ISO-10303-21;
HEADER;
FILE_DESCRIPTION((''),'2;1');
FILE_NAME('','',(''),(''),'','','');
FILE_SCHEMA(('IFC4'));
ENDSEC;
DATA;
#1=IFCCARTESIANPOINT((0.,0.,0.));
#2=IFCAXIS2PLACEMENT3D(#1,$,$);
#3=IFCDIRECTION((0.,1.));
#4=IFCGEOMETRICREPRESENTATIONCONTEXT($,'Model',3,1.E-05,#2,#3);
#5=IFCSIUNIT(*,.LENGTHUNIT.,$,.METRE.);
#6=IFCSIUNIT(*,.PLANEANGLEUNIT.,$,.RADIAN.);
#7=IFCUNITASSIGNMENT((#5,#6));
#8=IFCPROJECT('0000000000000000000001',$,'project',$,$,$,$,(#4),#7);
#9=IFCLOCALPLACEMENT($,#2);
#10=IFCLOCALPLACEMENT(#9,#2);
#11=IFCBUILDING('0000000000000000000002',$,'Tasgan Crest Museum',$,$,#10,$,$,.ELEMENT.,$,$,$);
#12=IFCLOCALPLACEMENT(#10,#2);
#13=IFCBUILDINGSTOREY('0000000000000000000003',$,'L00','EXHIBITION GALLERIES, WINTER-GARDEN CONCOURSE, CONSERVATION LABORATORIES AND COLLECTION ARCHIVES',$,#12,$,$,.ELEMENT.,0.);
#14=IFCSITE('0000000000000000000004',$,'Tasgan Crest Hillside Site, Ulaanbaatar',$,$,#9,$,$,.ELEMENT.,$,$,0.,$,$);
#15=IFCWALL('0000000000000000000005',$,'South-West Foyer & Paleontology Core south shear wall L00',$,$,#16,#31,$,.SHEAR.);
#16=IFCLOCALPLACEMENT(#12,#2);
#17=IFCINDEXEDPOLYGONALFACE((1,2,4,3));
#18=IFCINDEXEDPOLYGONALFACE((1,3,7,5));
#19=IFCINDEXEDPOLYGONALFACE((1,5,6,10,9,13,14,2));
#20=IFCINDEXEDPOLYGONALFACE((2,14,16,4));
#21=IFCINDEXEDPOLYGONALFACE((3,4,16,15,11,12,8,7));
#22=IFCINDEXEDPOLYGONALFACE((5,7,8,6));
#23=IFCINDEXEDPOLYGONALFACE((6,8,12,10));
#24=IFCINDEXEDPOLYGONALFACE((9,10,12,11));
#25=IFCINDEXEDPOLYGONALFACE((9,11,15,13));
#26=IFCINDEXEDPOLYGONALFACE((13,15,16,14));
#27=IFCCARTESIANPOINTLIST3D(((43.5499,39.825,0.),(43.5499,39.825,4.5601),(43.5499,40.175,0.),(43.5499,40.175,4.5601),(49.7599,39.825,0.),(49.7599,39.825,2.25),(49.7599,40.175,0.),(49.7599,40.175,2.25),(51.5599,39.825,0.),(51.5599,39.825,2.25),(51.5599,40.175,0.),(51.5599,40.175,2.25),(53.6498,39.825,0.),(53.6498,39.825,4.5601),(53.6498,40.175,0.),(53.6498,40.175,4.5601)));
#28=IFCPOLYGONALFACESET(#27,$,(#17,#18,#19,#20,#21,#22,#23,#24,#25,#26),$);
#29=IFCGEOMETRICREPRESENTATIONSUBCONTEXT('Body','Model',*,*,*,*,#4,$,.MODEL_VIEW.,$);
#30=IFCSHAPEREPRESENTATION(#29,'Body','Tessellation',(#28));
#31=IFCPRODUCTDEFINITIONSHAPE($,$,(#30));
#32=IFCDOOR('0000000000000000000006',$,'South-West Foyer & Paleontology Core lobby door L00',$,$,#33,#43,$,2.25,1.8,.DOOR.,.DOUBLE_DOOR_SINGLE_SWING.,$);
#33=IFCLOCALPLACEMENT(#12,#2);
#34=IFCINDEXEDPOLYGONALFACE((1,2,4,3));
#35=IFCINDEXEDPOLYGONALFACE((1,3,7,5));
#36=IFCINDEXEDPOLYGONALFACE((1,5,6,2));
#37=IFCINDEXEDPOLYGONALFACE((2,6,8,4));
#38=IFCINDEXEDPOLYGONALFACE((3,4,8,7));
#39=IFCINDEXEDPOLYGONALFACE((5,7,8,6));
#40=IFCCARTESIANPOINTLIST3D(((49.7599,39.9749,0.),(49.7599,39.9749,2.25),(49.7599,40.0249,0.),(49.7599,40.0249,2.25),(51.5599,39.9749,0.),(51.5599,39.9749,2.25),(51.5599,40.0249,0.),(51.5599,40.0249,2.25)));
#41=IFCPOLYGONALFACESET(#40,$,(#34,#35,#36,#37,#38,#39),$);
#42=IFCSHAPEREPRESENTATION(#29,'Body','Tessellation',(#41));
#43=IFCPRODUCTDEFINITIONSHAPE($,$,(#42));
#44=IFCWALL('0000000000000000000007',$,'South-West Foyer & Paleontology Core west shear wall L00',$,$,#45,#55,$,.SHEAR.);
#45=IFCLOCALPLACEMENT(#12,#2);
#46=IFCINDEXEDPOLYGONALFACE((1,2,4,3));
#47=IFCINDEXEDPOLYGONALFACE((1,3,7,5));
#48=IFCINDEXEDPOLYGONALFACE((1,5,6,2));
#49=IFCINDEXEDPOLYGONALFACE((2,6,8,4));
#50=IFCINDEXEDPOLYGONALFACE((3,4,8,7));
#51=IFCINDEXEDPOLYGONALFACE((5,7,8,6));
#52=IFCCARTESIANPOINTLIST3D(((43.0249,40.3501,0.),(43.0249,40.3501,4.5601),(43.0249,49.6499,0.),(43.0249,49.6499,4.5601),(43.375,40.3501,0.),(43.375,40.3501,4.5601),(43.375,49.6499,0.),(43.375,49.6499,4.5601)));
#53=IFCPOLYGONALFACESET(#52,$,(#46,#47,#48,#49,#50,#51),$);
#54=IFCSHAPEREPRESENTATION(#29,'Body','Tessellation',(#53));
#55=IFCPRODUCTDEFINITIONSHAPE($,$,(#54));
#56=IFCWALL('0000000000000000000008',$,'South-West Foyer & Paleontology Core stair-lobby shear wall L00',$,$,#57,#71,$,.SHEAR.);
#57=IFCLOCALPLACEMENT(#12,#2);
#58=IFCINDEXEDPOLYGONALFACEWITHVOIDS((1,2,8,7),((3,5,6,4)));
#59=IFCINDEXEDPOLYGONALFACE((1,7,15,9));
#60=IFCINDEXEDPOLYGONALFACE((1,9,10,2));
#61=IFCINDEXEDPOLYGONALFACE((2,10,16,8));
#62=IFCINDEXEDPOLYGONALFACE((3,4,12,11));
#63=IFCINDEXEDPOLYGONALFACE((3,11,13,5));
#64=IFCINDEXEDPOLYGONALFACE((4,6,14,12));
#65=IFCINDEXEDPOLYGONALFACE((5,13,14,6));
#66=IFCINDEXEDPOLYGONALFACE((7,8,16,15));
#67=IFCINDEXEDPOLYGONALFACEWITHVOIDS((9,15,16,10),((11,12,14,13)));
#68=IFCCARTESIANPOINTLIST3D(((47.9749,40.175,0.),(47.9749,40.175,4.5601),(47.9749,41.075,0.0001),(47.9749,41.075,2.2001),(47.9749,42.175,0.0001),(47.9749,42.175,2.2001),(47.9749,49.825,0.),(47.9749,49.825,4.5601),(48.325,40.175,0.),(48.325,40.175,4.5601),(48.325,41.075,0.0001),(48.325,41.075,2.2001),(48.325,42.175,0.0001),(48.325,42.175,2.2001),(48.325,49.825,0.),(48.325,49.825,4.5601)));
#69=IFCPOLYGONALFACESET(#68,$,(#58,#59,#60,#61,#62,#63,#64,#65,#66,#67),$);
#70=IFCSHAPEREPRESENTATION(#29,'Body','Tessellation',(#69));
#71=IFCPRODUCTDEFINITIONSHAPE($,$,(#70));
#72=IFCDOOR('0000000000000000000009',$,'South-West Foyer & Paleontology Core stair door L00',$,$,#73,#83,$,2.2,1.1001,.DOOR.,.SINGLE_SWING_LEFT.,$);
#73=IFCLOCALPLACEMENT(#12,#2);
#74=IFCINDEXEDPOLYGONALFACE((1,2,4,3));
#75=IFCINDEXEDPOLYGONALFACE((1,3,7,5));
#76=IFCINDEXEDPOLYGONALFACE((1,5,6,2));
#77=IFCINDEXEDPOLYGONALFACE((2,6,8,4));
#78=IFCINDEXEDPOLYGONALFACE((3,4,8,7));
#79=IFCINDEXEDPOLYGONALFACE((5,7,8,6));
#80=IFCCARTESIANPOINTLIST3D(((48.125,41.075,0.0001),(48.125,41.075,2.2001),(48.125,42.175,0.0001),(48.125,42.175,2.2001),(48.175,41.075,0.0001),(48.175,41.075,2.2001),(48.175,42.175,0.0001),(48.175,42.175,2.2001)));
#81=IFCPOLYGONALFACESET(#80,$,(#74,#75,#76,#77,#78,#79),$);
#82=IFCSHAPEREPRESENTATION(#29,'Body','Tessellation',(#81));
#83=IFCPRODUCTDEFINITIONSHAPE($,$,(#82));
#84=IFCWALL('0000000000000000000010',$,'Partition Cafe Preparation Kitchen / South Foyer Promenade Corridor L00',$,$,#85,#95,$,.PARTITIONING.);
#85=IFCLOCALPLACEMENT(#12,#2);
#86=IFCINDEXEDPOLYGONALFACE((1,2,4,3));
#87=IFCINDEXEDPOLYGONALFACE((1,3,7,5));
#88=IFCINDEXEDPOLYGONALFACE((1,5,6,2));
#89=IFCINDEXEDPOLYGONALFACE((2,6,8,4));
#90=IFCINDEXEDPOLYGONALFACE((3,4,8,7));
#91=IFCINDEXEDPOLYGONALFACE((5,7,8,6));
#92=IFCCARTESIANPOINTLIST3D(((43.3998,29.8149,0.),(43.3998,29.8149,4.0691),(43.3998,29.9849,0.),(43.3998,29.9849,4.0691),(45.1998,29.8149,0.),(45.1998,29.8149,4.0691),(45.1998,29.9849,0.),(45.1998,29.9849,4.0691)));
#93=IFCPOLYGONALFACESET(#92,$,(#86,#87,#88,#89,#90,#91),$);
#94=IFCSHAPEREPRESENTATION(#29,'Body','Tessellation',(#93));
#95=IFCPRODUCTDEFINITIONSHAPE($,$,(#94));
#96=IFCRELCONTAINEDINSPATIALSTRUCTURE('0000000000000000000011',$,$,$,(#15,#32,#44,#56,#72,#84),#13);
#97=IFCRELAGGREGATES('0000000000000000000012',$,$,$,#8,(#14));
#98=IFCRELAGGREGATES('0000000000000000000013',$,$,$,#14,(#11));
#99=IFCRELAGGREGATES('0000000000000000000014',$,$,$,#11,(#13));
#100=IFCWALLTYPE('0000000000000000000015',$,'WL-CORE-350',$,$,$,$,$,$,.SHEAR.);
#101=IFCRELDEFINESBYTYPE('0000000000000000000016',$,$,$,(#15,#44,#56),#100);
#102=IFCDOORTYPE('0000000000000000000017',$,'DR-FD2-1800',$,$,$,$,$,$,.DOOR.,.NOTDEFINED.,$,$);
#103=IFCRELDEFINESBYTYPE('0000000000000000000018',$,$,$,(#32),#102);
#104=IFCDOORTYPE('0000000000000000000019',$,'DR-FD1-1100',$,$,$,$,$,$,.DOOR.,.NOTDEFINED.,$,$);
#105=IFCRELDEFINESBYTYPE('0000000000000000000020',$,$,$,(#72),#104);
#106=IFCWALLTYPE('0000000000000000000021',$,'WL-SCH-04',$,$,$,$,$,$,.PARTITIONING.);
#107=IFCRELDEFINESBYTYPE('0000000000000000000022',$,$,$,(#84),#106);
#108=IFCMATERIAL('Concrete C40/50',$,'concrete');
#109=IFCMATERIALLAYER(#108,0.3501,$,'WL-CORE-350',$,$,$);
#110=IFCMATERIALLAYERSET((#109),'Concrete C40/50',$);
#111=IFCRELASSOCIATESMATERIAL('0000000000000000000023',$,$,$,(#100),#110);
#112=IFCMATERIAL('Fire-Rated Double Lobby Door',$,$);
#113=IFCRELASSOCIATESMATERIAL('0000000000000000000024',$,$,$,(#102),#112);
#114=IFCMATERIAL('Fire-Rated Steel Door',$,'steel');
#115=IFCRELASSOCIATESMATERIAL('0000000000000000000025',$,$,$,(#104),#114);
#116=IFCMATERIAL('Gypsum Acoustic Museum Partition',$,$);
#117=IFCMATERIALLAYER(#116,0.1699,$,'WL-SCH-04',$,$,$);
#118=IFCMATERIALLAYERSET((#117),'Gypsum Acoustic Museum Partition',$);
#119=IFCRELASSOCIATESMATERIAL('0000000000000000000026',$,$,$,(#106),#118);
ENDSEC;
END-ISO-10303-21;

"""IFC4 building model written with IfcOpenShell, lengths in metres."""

from ifc_helpers import new_model, si_unit, direction, frame, frame_2d, origin, place, context, subcontext, project, spatial, rectangle, extrude, material, layer, layer_set, type_object, element, fill, save


model = new_model("IFC4")

# Units and contexts
model_context = context("Model", 3, precision=1e-05, world=origin(), true_north=direction((0.0, 1.0)))
body_context = subcontext(model_context, "Body", "Model", "MODEL_VIEW")
ifc_project = project(units=[si_unit("LENGTHUNIT", "METRE"), si_unit("PLANEANGLEUNIT", "RADIAN")], contexts=[model_context])

# Site, building, storey
site_placement = place(None, origin())
site = spatial("IfcSite", under=ifc_project, at=site_placement, Name="Tasgan Crest Hillside Site, Ulaanbaatar", CompositionType="ELEMENT", RefElevation=0.0)
building_placement = place(site_placement, origin())
building = spatial("IfcBuilding", under=site, at=building_placement, Name="Tasgan Crest Museum", CompositionType="ELEMENT")
storey_placement = place(building_placement, origin())
storey = spatial("IfcBuildingStorey", under=building, at=storey_placement, Name="L00", Description="EXHIBITION GALLERIES, WINTER-GARDEN CONCOURSE, CONSERVATION LABORATORIES AND COLLECTION ARCHIVES", CompositionType="ELEMENT", Elevation=0.0)

# Wall, opening, door
ifc_material_1 = material(Name="Concrete C40/50", Category="concrete")
ifc_layer_1 = layer(ifc_material_1, 0.3501, Name="WL-CORE-350")
ifc_layer_set_1 = layer_set([ifc_layer_1], Name="Concrete C40/50")
wall_type_1 = type_object("IfcWallType", Name="WL-CORE-350", PredefinedType="SHEAR", material=ifc_layer_set_1)
wall_1_placement = place(storey_placement, frame((43.55, 40.0, 0.0), z_axis=(0.0, 0.0, 1.0), x_axis=(1.0, 0.0, 0.0)))
wall_1 = element("IfcWall", 1, at=wall_1_placement, inside=storey, type_object=wall_type_1, Name="South-West Foyer & Paleontology Core south shear wall L00", PredefinedType="SHEAR", context=body_context, shape_type="SweptSolid", body=[
    extrude(rectangle(XDim=10.0999, YDim=0.3501, at=frame_2d((5.0498, 0.0))), origin(), (0.0, 0.0, 1.0), 4.5601),
])
opening_1_placement = place(wall_1_placement, frame((6.21, 0.0, 0.0)))
opening_1 = element("IfcOpeningElement", 2, at=opening_1_placement, cuts=wall_1, PredefinedType="OPENING", context=body_context, shape_type="SweptSolid", body=[
    extrude(rectangle(XDim=1.8, YDim=2.25, at=frame_2d((0.8999, 1.125))), frame((0.0, 0.1851, 0.0), z_axis=(0.0, -1.0, 0.0), x_axis=(1.0, 0.0, 0.0)), (0.0, 0.0, 1.0), 0.3701),
])
ifc_material_2 = material(Name="Fire-Rated Double Lobby Door")
door_type_1 = type_object("IfcDoorType", Name="DR-FD2-1800", OperationType="NOTDEFINED", PredefinedType="DOOR", material=ifc_material_2)
door_1_placement = place(opening_1_placement, origin())
door_1 = element("IfcDoor", 3, at=door_1_placement, inside=storey, type_object=door_type_1, Name="South-West Foyer & Paleontology Core lobby door L00", OperationType="DOUBLE_DOOR_SINGLE_SWING", OverallHeight=2.25, OverallWidth=1.8, PredefinedType="DOOR", context=body_context, shape_type="SweptSolid", body=[
    extrude(rectangle(XDim=1.8, YDim=2.25, at=frame_2d((0.8999, 1.125))), frame((0.0, 0.0249, 0.0), z_axis=(0.0, -1.0, 0.0), x_axis=(1.0, 0.0, 0.0)), (0.0, 0.0, 1.0), 0.05),
])
fill(opening_1, door_1)

# Wall
wall_2_placement = place(storey_placement, frame((43.2, 40.3501, 0.0), z_axis=(0.0, 0.0, 1.0), x_axis=(0.0, 1.0, 0.0)))
element("IfcWall", 4, at=wall_2_placement, inside=storey, type_object=wall_type_1, Name="South-West Foyer & Paleontology Core west shear wall L00", PredefinedType="SHEAR", context=body_context, shape_type="SweptSolid", body=[
    extrude(rectangle(XDim=9.2998, YDim=0.3501, at=frame_2d((4.6499, 0.0))), origin(), (0.0, 0.0, 1.0), 4.5601),
])

# Wall, opening, door
wall_3_placement = place(storey_placement, frame((48.1499, 40.175, 0.0), z_axis=(0.0, 0.0, 1.0), x_axis=(0.0, 1.0, 0.0)))
wall_3 = element("IfcWall", 5, at=wall_3_placement, inside=storey, type_object=wall_type_1, Name="South-West Foyer & Paleontology Core stair-lobby shear wall L00", PredefinedType="SHEAR", context=body_context, shape_type="SweptSolid", body=[
    extrude(rectangle(XDim=9.6499, YDim=0.3501, at=frame_2d((4.825, 0.0))), origin(), (0.0, 0.0, 1.0), 4.5601),
])
opening_2_placement = place(wall_3_placement, frame((0.8999, 0.0, 0.0)))
opening_2 = element("IfcOpeningElement", 6, at=opening_2_placement, cuts=wall_3, PredefinedType="OPENING", context=body_context, shape_type="SweptSolid", body=[
    extrude(rectangle(XDim=1.1001, YDim=2.2, at=frame_2d((0.55, 1.1001))), frame((0.0, 0.1851, 0.0), z_axis=(0.0, -1.0, 0.0), x_axis=(1.0, 0.0, 0.0)), (0.0, 0.0, 1.0), 0.3701),
])
ifc_material_3 = material(Name="Fire-Rated Steel Door", Category="steel")
door_type_2 = type_object("IfcDoorType", Name="DR-FD1-1100", OperationType="NOTDEFINED", PredefinedType="DOOR", material=ifc_material_3)
door_2_placement = place(opening_2_placement, origin())
door_2 = element("IfcDoor", 7, at=door_2_placement, inside=storey, type_object=door_type_2, Name="South-West Foyer & Paleontology Core stair door L00", OperationType="SINGLE_SWING_LEFT", OverallHeight=2.2, OverallWidth=1.1001, PredefinedType="DOOR", context=body_context, shape_type="SweptSolid", body=[
    extrude(rectangle(XDim=1.1001, YDim=2.2, at=frame_2d((0.55, 1.1001))), frame((0.0, 0.0249, 0.0), z_axis=(0.0, -1.0, 0.0), x_axis=(1.0, 0.0, 0.0)), (0.0, 0.0, 1.0), 0.05),
])
fill(opening_2, door_2)

# Wall
ifc_material_4 = material(Name="Gypsum Acoustic Museum Partition")
ifc_layer_2 = layer(ifc_material_4, 0.1699, Name="WL-SCH-04")
ifc_layer_set_2 = layer_set([ifc_layer_2], Name="Gypsum Acoustic Museum Partition")
wall_type_2 = type_object("IfcWallType", Name="WL-SCH-04", PredefinedType="PARTITIONING", material=ifc_layer_set_2)
wall_4_placement = place(storey_placement, frame((43.3999, 29.8999, 0.0), z_axis=(0.0, 0.0, 1.0), x_axis=(1.0, 0.0, 0.0)))
element("IfcWall", 8, at=wall_4_placement, inside=storey, type_object=wall_type_2, Name="Partition Cafe Preparation Kitchen / South Foyer Promenade Corridor L00", PredefinedType="PARTITIONING", context=body_context, shape_type="SweptSolid", body=[
    extrude(rectangle(XDim=1.8, YDim=0.1699, at=frame_2d((0.8999, 0.0))), origin(), (0.0, 0.0, 1.0), 4.0691),
])

save(model, "model.ifc")
